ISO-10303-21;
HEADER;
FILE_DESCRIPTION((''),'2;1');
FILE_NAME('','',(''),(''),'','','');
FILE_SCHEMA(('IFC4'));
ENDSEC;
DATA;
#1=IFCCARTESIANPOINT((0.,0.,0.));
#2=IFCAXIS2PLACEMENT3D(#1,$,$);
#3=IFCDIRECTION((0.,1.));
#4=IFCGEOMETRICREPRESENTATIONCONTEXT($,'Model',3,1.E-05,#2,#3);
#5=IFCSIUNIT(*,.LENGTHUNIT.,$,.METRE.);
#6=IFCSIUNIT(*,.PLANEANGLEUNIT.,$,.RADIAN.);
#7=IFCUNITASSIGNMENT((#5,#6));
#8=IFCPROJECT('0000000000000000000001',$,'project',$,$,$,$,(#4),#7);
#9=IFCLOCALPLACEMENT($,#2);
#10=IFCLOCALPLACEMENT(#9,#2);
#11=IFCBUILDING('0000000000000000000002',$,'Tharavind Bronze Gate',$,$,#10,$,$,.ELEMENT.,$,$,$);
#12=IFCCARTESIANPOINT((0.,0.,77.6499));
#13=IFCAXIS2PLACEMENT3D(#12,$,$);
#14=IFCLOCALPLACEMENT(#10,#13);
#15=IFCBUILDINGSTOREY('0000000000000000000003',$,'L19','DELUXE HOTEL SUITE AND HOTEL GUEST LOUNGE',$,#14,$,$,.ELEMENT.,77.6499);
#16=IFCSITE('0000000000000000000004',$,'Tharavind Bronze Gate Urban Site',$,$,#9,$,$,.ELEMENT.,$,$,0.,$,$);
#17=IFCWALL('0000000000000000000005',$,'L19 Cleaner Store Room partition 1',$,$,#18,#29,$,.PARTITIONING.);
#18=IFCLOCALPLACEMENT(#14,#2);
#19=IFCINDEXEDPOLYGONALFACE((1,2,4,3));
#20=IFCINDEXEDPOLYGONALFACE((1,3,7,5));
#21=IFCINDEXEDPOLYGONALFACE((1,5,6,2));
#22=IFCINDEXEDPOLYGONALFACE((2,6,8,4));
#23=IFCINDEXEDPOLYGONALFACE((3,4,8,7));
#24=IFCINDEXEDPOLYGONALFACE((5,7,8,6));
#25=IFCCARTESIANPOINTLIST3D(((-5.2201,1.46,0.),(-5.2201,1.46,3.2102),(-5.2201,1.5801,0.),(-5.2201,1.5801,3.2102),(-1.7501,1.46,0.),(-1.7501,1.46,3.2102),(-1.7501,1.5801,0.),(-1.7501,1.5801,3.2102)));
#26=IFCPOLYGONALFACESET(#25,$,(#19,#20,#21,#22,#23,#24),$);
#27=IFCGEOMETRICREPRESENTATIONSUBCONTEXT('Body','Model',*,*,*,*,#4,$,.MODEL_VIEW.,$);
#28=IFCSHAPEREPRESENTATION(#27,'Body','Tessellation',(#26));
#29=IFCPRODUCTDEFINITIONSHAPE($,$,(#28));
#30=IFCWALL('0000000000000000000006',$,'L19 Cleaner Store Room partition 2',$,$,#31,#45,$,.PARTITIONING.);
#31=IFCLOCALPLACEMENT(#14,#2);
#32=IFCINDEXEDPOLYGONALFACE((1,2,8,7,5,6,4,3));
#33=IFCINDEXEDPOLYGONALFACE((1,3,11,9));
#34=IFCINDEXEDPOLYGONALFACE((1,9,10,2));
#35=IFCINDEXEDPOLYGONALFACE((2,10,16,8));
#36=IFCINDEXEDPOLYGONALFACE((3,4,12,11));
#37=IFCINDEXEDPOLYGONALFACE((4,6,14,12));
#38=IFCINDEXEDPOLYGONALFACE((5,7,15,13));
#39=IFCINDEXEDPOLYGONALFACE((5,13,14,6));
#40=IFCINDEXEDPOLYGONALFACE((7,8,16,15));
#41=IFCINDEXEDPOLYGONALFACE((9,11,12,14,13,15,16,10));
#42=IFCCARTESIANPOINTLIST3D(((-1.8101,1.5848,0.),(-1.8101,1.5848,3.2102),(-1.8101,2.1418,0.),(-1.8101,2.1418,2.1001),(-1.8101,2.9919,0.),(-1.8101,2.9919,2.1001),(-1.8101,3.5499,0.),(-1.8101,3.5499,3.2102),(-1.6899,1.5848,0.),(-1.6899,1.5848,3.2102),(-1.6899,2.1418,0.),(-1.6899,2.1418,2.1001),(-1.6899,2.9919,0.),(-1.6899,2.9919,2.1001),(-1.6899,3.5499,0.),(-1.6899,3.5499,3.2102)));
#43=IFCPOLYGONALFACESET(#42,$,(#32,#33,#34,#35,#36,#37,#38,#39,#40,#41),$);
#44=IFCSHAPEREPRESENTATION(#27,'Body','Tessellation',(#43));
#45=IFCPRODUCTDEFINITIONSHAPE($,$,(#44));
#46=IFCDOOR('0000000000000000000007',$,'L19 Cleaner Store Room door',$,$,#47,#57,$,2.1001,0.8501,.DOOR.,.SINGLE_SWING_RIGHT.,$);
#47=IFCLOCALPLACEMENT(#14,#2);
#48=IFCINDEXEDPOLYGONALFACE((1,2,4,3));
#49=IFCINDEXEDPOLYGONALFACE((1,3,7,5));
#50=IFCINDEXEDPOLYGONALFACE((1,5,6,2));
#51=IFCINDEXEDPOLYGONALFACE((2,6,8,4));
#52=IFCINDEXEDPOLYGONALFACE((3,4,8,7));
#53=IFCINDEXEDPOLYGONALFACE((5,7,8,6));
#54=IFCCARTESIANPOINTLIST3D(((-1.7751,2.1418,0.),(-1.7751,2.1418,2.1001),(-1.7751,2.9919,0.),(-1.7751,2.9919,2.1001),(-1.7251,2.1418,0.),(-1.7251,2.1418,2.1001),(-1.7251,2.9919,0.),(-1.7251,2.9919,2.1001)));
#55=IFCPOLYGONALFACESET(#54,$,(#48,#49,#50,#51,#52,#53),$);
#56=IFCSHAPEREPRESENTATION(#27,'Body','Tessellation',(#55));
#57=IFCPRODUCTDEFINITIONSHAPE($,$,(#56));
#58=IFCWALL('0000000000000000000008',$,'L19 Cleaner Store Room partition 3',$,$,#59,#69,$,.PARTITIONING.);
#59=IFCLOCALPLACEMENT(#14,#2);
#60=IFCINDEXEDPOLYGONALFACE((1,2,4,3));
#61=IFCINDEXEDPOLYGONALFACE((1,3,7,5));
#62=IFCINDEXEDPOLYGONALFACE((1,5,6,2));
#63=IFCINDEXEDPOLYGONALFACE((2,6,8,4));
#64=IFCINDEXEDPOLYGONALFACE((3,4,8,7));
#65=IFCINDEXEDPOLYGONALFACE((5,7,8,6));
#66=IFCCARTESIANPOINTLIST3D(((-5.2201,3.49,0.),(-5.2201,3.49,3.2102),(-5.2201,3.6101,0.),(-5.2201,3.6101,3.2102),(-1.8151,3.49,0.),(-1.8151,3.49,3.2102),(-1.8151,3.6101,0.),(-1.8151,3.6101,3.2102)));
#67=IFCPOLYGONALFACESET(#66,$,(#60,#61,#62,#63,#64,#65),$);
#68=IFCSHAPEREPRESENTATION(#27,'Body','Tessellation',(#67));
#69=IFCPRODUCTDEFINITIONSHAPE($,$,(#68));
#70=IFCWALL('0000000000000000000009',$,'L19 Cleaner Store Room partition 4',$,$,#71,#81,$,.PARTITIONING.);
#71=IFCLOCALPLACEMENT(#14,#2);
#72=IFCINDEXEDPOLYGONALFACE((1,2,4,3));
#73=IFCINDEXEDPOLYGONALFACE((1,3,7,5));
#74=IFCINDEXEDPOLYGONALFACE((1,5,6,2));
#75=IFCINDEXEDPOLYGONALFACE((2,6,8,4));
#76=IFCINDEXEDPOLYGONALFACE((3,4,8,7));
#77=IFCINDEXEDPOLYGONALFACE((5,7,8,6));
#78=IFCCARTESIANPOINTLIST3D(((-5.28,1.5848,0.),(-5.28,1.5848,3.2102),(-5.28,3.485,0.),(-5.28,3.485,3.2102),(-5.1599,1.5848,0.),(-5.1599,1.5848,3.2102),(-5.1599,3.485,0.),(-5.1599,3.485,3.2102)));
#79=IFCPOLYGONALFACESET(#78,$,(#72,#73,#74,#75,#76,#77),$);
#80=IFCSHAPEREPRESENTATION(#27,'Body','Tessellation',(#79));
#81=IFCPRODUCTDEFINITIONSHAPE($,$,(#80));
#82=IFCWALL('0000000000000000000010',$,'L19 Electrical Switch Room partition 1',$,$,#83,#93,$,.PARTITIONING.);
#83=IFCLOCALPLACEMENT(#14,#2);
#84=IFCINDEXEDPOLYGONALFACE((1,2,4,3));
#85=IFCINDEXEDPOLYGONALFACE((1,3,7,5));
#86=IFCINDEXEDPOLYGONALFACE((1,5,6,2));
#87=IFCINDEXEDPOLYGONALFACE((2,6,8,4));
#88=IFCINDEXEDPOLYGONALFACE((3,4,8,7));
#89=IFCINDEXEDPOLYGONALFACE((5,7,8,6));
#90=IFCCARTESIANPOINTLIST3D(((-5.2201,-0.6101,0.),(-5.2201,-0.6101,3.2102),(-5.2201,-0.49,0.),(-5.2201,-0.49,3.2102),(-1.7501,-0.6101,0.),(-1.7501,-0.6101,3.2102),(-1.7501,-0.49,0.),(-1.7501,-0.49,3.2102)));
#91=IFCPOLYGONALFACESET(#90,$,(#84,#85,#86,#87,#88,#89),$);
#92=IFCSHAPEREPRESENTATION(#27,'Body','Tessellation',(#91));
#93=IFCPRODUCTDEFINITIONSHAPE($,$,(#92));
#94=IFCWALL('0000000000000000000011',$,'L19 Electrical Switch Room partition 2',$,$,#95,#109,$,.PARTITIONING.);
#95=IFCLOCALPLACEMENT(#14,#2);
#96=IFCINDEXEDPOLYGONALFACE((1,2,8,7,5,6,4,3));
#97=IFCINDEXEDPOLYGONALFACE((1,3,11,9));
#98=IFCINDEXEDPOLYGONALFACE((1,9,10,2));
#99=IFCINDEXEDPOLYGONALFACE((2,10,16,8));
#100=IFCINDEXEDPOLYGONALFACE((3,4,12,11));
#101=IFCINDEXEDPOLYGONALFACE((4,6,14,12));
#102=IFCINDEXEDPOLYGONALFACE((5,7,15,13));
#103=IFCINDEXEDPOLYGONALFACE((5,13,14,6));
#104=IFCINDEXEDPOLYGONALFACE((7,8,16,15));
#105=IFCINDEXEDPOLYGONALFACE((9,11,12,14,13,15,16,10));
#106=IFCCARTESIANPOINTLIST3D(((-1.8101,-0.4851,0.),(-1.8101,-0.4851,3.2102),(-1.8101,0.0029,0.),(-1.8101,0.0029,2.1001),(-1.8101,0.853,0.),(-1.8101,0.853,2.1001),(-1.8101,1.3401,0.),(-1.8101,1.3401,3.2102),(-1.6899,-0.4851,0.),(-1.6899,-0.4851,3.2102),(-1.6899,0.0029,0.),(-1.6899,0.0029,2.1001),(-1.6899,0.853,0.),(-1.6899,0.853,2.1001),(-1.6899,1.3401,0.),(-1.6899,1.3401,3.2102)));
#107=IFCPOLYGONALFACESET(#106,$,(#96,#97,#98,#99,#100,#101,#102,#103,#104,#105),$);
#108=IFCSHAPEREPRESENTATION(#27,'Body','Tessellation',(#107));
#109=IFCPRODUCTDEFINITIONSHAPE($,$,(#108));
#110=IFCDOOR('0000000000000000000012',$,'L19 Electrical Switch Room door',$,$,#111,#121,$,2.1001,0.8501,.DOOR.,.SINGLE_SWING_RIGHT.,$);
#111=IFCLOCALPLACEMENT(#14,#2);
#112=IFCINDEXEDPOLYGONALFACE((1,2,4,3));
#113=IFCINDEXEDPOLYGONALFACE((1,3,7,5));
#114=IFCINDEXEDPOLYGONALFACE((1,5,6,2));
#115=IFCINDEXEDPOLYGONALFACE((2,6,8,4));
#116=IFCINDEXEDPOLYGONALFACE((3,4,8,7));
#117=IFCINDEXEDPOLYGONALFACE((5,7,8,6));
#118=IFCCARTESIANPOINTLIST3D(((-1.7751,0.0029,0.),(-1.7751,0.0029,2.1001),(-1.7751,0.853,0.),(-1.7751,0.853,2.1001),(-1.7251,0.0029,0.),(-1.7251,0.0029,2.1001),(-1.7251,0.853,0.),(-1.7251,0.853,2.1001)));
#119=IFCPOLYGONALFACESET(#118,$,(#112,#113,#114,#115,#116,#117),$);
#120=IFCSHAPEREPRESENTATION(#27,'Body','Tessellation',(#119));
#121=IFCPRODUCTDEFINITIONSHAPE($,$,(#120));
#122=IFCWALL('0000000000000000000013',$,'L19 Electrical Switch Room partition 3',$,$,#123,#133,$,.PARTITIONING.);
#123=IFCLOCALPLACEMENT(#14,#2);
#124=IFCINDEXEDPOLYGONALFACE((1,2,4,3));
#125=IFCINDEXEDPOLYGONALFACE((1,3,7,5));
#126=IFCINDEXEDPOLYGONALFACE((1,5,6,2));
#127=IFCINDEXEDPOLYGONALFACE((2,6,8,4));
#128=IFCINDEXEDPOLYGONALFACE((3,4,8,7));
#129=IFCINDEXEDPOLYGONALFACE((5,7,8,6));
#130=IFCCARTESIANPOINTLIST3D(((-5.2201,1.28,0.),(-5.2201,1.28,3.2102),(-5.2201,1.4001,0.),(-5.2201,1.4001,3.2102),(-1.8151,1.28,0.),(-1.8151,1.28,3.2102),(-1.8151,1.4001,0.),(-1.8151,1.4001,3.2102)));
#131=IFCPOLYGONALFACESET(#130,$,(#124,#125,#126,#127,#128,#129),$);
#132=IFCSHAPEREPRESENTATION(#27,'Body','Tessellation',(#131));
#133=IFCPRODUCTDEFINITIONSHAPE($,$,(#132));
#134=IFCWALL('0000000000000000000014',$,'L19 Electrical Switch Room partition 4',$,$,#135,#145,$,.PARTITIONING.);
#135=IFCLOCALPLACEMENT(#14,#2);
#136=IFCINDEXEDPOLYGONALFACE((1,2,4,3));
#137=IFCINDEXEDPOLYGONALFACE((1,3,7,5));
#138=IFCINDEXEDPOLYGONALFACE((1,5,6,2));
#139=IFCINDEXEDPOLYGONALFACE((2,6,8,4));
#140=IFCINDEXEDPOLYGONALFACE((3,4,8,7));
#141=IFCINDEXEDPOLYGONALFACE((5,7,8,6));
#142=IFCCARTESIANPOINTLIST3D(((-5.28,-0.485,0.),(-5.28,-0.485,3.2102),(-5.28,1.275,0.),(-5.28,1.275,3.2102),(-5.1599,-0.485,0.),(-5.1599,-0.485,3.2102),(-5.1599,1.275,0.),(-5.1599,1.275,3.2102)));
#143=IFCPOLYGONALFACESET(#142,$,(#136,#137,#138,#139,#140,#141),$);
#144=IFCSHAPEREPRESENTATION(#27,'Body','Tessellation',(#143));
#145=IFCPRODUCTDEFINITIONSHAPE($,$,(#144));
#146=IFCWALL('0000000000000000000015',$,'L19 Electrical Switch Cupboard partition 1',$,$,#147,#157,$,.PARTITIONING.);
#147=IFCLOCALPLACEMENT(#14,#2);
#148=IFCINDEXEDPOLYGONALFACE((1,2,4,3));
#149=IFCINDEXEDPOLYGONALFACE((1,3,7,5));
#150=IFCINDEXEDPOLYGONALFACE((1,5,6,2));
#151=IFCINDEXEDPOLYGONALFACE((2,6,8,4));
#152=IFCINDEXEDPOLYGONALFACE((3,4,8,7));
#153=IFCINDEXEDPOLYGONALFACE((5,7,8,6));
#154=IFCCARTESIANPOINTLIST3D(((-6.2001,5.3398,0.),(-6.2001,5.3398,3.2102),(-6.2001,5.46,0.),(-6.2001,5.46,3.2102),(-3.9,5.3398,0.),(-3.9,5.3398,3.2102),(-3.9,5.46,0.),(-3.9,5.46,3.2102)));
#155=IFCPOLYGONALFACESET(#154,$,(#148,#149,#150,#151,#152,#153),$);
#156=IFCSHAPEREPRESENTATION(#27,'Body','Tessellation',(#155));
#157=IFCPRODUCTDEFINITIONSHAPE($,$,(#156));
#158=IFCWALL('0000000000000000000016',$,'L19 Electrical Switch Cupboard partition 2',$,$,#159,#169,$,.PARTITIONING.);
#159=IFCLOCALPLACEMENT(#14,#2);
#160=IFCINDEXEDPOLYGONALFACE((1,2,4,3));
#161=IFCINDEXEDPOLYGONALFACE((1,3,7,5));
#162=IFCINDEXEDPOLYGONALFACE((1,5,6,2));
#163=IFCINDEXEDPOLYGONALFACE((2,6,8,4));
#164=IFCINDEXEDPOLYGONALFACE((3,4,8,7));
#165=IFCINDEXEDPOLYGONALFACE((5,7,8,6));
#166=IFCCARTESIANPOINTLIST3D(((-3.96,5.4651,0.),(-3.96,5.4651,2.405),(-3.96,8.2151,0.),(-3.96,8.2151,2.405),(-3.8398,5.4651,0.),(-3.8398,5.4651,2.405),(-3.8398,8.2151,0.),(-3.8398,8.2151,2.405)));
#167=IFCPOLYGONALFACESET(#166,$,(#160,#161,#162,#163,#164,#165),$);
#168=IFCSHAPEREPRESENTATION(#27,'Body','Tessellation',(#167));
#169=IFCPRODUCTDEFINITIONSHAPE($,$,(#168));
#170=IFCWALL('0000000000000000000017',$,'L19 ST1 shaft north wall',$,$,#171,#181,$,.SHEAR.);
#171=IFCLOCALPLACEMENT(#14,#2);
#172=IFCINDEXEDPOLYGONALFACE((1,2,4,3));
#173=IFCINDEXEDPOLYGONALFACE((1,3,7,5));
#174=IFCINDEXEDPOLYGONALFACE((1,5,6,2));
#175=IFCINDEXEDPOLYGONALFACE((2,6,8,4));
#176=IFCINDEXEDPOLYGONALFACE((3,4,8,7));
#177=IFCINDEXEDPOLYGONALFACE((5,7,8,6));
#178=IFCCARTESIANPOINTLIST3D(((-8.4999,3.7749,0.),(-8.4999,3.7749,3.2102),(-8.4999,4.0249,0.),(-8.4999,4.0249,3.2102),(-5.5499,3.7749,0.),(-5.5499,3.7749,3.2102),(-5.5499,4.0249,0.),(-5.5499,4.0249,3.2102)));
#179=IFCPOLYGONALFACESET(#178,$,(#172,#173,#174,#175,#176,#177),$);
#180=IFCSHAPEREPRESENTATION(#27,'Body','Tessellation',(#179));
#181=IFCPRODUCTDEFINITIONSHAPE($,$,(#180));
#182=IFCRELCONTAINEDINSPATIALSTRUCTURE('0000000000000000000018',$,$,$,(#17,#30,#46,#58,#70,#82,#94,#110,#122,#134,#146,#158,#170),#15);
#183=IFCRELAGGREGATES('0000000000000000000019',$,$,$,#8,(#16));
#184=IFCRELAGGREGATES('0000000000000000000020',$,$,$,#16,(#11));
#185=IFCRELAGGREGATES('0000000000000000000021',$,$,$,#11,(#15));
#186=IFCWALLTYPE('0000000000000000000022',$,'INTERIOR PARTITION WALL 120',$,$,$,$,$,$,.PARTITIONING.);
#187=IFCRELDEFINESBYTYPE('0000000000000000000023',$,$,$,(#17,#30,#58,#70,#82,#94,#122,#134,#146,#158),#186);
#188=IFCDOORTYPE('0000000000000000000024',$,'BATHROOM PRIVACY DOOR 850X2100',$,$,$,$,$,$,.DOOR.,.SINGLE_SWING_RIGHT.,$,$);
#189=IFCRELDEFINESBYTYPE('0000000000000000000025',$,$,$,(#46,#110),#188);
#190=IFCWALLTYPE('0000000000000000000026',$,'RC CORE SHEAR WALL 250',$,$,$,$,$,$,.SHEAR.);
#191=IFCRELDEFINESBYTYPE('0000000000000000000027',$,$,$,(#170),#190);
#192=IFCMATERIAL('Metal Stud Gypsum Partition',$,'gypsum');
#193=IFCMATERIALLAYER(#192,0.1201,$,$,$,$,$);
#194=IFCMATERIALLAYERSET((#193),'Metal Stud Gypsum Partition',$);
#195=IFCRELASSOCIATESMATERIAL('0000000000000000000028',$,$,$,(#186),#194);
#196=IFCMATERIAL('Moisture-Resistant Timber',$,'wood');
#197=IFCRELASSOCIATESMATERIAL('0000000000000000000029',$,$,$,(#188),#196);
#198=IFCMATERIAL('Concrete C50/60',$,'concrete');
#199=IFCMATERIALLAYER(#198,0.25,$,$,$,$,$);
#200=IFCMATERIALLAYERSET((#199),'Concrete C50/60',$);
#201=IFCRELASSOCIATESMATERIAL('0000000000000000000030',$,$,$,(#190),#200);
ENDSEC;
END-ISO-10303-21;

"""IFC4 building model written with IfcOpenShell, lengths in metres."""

from ifc_helpers import new_model, si_unit, direction, frame, frame_2d, origin, place, context, subcontext, project, spatial, rectangle, extrude, material, layer, layer_set, type_object, element, fill, save


model = new_model("IFC4")

# Units and contexts
model_context = context("Model", 3, precision=1e-05, world=origin(), true_north=direction((0.0, 1.0)))
body_context = subcontext(model_context, "Body", "Model", "MODEL_VIEW")
ifc_project = project(units=[si_unit("LENGTHUNIT", "METRE"), si_unit("PLANEANGLEUNIT", "RADIAN")], contexts=[model_context])

# Site, building, storey
site_placement = place(None, origin())
site = spatial("IfcSite", under=ifc_project, at=site_placement, Name="Tharavind Bronze Gate Urban Site", CompositionType="ELEMENT", RefElevation=0.0)
building_placement = place(site_placement, origin())
building = spatial("IfcBuilding", under=site, at=building_placement, Name="Tharavind Bronze Gate", CompositionType="ELEMENT")
storey_placement = place(building_placement, frame((0.0, 0.0, 77.6499)))
storey = spatial("IfcBuildingStorey", under=building, at=storey_placement, Name="L19", Description="DELUXE HOTEL SUITE AND HOTEL GUEST LOUNGE", CompositionType="ELEMENT", Elevation=77.6499)

# Wall
ifc_material_1 = material(Name="Metal Stud Gypsum Partition", Category="gypsum")
ifc_layer_1 = layer(ifc_material_1, 0.1201)
ifc_layer_set_1 = layer_set([ifc_layer_1], Name="Metal Stud Gypsum Partition")
wall_type_1 = type_object("IfcWallType", Name="INTERIOR PARTITION WALL 120", PredefinedType="PARTITIONING", material=ifc_layer_set_1)
wall_1_placement = place(storey_placement, frame((-5.22, 1.52, 0.0), z_axis=(0.0, 0.0, 1.0), x_axis=(1.0, 0.0, 0.0)))
element("IfcWall", 1, at=wall_1_placement, inside=storey, type_object=wall_type_1, Name="L19 Cleaner Store Room partition 1", PredefinedType="PARTITIONING", context=body_context, shape_type="SweptSolid", body=[
    extrude(rectangle(XDim=3.47, YDim=0.1201, at=frame_2d((1.7349, 0.0))), origin(), (0.0, 0.0, 1.0), 3.2102),
])

# Wall, opening, door
wall_2_placement = place(storey_placement, frame((-1.75, 1.585, 0.0), z_axis=(0.0, 0.0, 1.0), x_axis=(0.0, 1.0, 0.0)))
wall_2 = element("IfcWall", 2, at=wall_2_placement, inside=storey, type_object=wall_type_1, Name="L19 Cleaner Store Room partition 2", PredefinedType="PARTITIONING", context=body_context, shape_type="SweptSolid", body=[
    extrude(rectangle(XDim=1.9651, YDim=0.1201, at=frame_2d((0.9824, 0.0))), origin(), (0.0, 0.0, 1.0), 3.2102),
])
opening_1_placement = place(wall_2_placement, frame((0.5569, 0.0, 0.0)))
opening_1 = element("IfcOpeningElement", 3, at=opening_1_placement, cuts=wall_2, PredefinedType="OPENING", context=body_context, shape_type="SweptSolid", body=[
    extrude(rectangle(XDim=0.8501, YDim=2.1001, at=frame_2d((0.425, 1.05))), frame((0.0, 0.0701, 0.0), z_axis=(0.0, -1.0, 0.0), x_axis=(1.0, 0.0, 0.0)), (0.0, 0.0, 1.0), 0.1401),
])
ifc_material_2 = material(Name="Moisture-Resistant Timber", Category="wood")
door_type = type_object("IfcDoorType", Name="BATHROOM PRIVACY DOOR 850X2100", OperationType="SINGLE_SWING_RIGHT", PredefinedType="DOOR", material=ifc_material_2)
door_1_placement = place(opening_1_placement, frame((0.8501, 0.0, 0.0), z_axis=(0.0, 0.0, 1.0), x_axis=(-1.0, 0.0, 0.0)))
door_1 = element("IfcDoor", 4, at=door_1_placement, inside=storey, type_object=door_type, Name="L19 Cleaner Store Room door", OperationType="SINGLE_SWING_RIGHT", OverallHeight=2.1001, OverallWidth=0.8501, PredefinedType="DOOR", context=body_context, shape_type="SweptSolid", body=[
    extrude(rectangle(XDim=0.8501, YDim=2.1001, at=frame_2d((0.425, 1.05))), frame((0.0, 0.0249, 0.0), z_axis=(0.0, -1.0, 0.0), x_axis=(1.0, 0.0, 0.0)), (0.0, 0.0, 1.0), 0.05),
])
fill(opening_1, door_1)

# Walls
wall_3_placement = place(storey_placement, frame((-1.8149, 3.55, 0.0), z_axis=(0.0, 0.0, 1.0), x_axis=(-1.0, 0.0, 0.0)))
element("IfcWall", 5, at=wall_3_placement, inside=storey, type_object=wall_type_1, Name="L19 Cleaner Store Room partition 3", PredefinedType="PARTITIONING", context=body_context, shape_type="SweptSolid", body=[
    extrude(rectangle(XDim=3.405, YDim=0.1201, at=frame_2d((1.7026, 0.0))), origin(), (0.0, 0.0, 1.0), 3.2102),
])
wall_4_placement = place(storey_placement, frame((-5.22, 3.4851, 0.0), z_axis=(0.0, 0.0, 1.0), x_axis=(0.0, -1.0, 0.0)))
element("IfcWall", 6, at=wall_4_placement, inside=storey, type_object=wall_type_1, Name="L19 Cleaner Store Room partition 4", PredefinedType="PARTITIONING", context=body_context, shape_type="SweptSolid", body=[
    extrude(rectangle(XDim=1.9001, YDim=0.1201, at=frame_2d((0.9502, 0.0))), origin(), (0.0, 0.0, 1.0), 3.2102),
])
wall_5_placement = place(storey_placement, frame((-5.22, -0.55, 0.0), z_axis=(0.0, 0.0, 1.0), x_axis=(1.0, 0.0, 0.0)))
element("IfcWall", 7, at=wall_5_placement, inside=storey, type_object=wall_type_1, Name="L19 Electrical Switch Room partition 1", PredefinedType="PARTITIONING", context=body_context, shape_type="SweptSolid", body=[
    extrude(rectangle(XDim=3.47, YDim=0.1201, at=frame_2d((1.7349, 0.0))), origin(), (0.0, 0.0, 1.0), 3.2102),
])

# Wall, opening, door
wall_6_placement = place(storey_placement, frame((-1.75, -0.4851, 0.0), z_axis=(0.0, 0.0, 1.0), x_axis=(0.0, 1.0, 0.0)))
wall_6 = element("IfcWall", 8, at=wall_6_placement, inside=storey, type_object=wall_type_1, Name="L19 Electrical Switch Room partition 2", PredefinedType="PARTITIONING", context=body_context, shape_type="SweptSolid", body=[
    extrude(rectangle(XDim=1.8252, YDim=0.1201, at=frame_2d((0.9126, 0.0))), origin(), (0.0, 0.0, 1.0), 3.2102),
])
opening_2_placement = place(wall_6_placement, frame((0.488, 0.0, 0.0)))
opening_2 = element("IfcOpeningElement", 9, at=opening_2_placement, cuts=wall_6, PredefinedType="OPENING", context=body_context, shape_type="SweptSolid", body=[
    extrude(rectangle(XDim=0.8501, YDim=2.1001, at=frame_2d((0.425, 1.05))), frame((0.0, 0.0701, 0.0), z_axis=(0.0, -1.0, 0.0), x_axis=(1.0, 0.0, 0.0)), (0.0, 0.0, 1.0), 0.1401),
])
door_2_placement = place(opening_2_placement, frame((0.8501, 0.0, 0.0), z_axis=(0.0, 0.0, 1.0), x_axis=(-1.0, 0.0, 0.0)))
door_2 = element("IfcDoor", 10, at=door_2_placement, inside=storey, type_object=door_type, Name="L19 Electrical Switch Room door", OperationType="SINGLE_SWING_RIGHT", OverallHeight=2.1001, OverallWidth=0.8501, PredefinedType="DOOR", context=body_context, shape_type="SweptSolid", body=[
    extrude(rectangle(XDim=0.8501, YDim=2.1001, at=frame_2d((0.425, 1.05))), frame((0.0, 0.0249, 0.0), z_axis=(0.0, -1.0, 0.0), x_axis=(1.0, 0.0, 0.0)), (0.0, 0.0, 1.0), 0.05),
])
fill(opening_2, door_2)

# Walls
wall_7_placement = place(storey_placement, frame((-1.8149, 1.3401, 0.0), z_axis=(0.0, 0.0, 1.0), x_axis=(-1.0, 0.0, 0.0)))
element("IfcWall", 11, at=wall_7_placement, inside=storey, type_object=wall_type_1, Name="L19 Electrical Switch Room partition 3", PredefinedType="PARTITIONING", context=body_context, shape_type="SweptSolid", body=[
    extrude(rectangle(XDim=3.405, YDim=0.1201, at=frame_2d((1.7026, 0.0))), origin(), (0.0, 0.0, 1.0), 3.2102),
])
wall_8_placement = place(storey_placement, frame((-5.22, 1.2749, 0.0), z_axis=(0.0, 0.0, 1.0), x_axis=(0.0, -1.0, 0.0)))
element("IfcWall", 12, at=wall_8_placement, inside=storey, type_object=wall_type_1, Name="L19 Electrical Switch Room partition 4", PredefinedType="PARTITIONING", context=body_context, shape_type="SweptSolid", body=[
    extrude(rectangle(XDim=1.76, YDim=0.1201, at=frame_2d((0.8799, 0.0))), origin(), (0.0, 0.0, 1.0), 3.2102),
])
wall_9_placement = place(storey_placement, frame((-6.2, 5.3999, 0.0), z_axis=(0.0, 0.0, 1.0), x_axis=(1.0, 0.0, 0.0)))
element("IfcWall", 13, at=wall_9_placement, inside=storey, type_object=wall_type_1, Name="L19 Electrical Switch Cupboard partition 1", PredefinedType="PARTITIONING", context=body_context, shape_type="SweptSolid", body=[
    extrude(rectangle(XDim=2.3, YDim=0.1201, at=frame_2d((1.1499, 0.0))), origin(), (0.0, 0.0, 1.0), 3.2102),
])
wall_10_placement = place(storey_placement, frame((-3.8999, 5.4651, 0.0), z_axis=(0.0, 0.0, 1.0), x_axis=(0.0, 1.0, 0.0)))
element("IfcWall", 14, at=wall_10_placement, inside=storey, type_object=wall_type_1, Name="L19 Electrical Switch Cupboard partition 2", PredefinedType="PARTITIONING", context=body_context, shape_type="SweptSolid", body=[
    extrude(rectangle(XDim=2.75, YDim=0.1201, at=frame_2d((1.375, 0.0))), origin(), (0.0, 0.0, 1.0), 2.405),
])
ifc_material_3 = material(Name="Concrete C50/60", Category="concrete")
ifc_layer_2 = layer(ifc_material_3, 0.25)
ifc_layer_set_2 = layer_set([ifc_layer_2], Name="Concrete C50/60")
wall_type_2 = type_object("IfcWallType", Name="RC CORE SHEAR WALL 250", PredefinedType="SHEAR", material=ifc_layer_set_2)
wall_11_placement = place(storey_placement, frame((-8.5, 3.8999, 0.0), z_axis=(0.0, 0.0, 1.0), x_axis=(1.0, 0.0, 0.0)))
element("IfcWall", 15, at=wall_11_placement, inside=storey, type_object=wall_type_2, Name="L19 ST1 shaft north wall", PredefinedType="SHEAR", context=body_context, shape_type="SweptSolid", body=[
    extrude(rectangle(XDim=2.95, YDim=0.25, at=frame_2d((1.4751, 0.0))), origin(), (0.0, 0.0, 1.0), 3.2102),
])

save(model, "model.ifc")
